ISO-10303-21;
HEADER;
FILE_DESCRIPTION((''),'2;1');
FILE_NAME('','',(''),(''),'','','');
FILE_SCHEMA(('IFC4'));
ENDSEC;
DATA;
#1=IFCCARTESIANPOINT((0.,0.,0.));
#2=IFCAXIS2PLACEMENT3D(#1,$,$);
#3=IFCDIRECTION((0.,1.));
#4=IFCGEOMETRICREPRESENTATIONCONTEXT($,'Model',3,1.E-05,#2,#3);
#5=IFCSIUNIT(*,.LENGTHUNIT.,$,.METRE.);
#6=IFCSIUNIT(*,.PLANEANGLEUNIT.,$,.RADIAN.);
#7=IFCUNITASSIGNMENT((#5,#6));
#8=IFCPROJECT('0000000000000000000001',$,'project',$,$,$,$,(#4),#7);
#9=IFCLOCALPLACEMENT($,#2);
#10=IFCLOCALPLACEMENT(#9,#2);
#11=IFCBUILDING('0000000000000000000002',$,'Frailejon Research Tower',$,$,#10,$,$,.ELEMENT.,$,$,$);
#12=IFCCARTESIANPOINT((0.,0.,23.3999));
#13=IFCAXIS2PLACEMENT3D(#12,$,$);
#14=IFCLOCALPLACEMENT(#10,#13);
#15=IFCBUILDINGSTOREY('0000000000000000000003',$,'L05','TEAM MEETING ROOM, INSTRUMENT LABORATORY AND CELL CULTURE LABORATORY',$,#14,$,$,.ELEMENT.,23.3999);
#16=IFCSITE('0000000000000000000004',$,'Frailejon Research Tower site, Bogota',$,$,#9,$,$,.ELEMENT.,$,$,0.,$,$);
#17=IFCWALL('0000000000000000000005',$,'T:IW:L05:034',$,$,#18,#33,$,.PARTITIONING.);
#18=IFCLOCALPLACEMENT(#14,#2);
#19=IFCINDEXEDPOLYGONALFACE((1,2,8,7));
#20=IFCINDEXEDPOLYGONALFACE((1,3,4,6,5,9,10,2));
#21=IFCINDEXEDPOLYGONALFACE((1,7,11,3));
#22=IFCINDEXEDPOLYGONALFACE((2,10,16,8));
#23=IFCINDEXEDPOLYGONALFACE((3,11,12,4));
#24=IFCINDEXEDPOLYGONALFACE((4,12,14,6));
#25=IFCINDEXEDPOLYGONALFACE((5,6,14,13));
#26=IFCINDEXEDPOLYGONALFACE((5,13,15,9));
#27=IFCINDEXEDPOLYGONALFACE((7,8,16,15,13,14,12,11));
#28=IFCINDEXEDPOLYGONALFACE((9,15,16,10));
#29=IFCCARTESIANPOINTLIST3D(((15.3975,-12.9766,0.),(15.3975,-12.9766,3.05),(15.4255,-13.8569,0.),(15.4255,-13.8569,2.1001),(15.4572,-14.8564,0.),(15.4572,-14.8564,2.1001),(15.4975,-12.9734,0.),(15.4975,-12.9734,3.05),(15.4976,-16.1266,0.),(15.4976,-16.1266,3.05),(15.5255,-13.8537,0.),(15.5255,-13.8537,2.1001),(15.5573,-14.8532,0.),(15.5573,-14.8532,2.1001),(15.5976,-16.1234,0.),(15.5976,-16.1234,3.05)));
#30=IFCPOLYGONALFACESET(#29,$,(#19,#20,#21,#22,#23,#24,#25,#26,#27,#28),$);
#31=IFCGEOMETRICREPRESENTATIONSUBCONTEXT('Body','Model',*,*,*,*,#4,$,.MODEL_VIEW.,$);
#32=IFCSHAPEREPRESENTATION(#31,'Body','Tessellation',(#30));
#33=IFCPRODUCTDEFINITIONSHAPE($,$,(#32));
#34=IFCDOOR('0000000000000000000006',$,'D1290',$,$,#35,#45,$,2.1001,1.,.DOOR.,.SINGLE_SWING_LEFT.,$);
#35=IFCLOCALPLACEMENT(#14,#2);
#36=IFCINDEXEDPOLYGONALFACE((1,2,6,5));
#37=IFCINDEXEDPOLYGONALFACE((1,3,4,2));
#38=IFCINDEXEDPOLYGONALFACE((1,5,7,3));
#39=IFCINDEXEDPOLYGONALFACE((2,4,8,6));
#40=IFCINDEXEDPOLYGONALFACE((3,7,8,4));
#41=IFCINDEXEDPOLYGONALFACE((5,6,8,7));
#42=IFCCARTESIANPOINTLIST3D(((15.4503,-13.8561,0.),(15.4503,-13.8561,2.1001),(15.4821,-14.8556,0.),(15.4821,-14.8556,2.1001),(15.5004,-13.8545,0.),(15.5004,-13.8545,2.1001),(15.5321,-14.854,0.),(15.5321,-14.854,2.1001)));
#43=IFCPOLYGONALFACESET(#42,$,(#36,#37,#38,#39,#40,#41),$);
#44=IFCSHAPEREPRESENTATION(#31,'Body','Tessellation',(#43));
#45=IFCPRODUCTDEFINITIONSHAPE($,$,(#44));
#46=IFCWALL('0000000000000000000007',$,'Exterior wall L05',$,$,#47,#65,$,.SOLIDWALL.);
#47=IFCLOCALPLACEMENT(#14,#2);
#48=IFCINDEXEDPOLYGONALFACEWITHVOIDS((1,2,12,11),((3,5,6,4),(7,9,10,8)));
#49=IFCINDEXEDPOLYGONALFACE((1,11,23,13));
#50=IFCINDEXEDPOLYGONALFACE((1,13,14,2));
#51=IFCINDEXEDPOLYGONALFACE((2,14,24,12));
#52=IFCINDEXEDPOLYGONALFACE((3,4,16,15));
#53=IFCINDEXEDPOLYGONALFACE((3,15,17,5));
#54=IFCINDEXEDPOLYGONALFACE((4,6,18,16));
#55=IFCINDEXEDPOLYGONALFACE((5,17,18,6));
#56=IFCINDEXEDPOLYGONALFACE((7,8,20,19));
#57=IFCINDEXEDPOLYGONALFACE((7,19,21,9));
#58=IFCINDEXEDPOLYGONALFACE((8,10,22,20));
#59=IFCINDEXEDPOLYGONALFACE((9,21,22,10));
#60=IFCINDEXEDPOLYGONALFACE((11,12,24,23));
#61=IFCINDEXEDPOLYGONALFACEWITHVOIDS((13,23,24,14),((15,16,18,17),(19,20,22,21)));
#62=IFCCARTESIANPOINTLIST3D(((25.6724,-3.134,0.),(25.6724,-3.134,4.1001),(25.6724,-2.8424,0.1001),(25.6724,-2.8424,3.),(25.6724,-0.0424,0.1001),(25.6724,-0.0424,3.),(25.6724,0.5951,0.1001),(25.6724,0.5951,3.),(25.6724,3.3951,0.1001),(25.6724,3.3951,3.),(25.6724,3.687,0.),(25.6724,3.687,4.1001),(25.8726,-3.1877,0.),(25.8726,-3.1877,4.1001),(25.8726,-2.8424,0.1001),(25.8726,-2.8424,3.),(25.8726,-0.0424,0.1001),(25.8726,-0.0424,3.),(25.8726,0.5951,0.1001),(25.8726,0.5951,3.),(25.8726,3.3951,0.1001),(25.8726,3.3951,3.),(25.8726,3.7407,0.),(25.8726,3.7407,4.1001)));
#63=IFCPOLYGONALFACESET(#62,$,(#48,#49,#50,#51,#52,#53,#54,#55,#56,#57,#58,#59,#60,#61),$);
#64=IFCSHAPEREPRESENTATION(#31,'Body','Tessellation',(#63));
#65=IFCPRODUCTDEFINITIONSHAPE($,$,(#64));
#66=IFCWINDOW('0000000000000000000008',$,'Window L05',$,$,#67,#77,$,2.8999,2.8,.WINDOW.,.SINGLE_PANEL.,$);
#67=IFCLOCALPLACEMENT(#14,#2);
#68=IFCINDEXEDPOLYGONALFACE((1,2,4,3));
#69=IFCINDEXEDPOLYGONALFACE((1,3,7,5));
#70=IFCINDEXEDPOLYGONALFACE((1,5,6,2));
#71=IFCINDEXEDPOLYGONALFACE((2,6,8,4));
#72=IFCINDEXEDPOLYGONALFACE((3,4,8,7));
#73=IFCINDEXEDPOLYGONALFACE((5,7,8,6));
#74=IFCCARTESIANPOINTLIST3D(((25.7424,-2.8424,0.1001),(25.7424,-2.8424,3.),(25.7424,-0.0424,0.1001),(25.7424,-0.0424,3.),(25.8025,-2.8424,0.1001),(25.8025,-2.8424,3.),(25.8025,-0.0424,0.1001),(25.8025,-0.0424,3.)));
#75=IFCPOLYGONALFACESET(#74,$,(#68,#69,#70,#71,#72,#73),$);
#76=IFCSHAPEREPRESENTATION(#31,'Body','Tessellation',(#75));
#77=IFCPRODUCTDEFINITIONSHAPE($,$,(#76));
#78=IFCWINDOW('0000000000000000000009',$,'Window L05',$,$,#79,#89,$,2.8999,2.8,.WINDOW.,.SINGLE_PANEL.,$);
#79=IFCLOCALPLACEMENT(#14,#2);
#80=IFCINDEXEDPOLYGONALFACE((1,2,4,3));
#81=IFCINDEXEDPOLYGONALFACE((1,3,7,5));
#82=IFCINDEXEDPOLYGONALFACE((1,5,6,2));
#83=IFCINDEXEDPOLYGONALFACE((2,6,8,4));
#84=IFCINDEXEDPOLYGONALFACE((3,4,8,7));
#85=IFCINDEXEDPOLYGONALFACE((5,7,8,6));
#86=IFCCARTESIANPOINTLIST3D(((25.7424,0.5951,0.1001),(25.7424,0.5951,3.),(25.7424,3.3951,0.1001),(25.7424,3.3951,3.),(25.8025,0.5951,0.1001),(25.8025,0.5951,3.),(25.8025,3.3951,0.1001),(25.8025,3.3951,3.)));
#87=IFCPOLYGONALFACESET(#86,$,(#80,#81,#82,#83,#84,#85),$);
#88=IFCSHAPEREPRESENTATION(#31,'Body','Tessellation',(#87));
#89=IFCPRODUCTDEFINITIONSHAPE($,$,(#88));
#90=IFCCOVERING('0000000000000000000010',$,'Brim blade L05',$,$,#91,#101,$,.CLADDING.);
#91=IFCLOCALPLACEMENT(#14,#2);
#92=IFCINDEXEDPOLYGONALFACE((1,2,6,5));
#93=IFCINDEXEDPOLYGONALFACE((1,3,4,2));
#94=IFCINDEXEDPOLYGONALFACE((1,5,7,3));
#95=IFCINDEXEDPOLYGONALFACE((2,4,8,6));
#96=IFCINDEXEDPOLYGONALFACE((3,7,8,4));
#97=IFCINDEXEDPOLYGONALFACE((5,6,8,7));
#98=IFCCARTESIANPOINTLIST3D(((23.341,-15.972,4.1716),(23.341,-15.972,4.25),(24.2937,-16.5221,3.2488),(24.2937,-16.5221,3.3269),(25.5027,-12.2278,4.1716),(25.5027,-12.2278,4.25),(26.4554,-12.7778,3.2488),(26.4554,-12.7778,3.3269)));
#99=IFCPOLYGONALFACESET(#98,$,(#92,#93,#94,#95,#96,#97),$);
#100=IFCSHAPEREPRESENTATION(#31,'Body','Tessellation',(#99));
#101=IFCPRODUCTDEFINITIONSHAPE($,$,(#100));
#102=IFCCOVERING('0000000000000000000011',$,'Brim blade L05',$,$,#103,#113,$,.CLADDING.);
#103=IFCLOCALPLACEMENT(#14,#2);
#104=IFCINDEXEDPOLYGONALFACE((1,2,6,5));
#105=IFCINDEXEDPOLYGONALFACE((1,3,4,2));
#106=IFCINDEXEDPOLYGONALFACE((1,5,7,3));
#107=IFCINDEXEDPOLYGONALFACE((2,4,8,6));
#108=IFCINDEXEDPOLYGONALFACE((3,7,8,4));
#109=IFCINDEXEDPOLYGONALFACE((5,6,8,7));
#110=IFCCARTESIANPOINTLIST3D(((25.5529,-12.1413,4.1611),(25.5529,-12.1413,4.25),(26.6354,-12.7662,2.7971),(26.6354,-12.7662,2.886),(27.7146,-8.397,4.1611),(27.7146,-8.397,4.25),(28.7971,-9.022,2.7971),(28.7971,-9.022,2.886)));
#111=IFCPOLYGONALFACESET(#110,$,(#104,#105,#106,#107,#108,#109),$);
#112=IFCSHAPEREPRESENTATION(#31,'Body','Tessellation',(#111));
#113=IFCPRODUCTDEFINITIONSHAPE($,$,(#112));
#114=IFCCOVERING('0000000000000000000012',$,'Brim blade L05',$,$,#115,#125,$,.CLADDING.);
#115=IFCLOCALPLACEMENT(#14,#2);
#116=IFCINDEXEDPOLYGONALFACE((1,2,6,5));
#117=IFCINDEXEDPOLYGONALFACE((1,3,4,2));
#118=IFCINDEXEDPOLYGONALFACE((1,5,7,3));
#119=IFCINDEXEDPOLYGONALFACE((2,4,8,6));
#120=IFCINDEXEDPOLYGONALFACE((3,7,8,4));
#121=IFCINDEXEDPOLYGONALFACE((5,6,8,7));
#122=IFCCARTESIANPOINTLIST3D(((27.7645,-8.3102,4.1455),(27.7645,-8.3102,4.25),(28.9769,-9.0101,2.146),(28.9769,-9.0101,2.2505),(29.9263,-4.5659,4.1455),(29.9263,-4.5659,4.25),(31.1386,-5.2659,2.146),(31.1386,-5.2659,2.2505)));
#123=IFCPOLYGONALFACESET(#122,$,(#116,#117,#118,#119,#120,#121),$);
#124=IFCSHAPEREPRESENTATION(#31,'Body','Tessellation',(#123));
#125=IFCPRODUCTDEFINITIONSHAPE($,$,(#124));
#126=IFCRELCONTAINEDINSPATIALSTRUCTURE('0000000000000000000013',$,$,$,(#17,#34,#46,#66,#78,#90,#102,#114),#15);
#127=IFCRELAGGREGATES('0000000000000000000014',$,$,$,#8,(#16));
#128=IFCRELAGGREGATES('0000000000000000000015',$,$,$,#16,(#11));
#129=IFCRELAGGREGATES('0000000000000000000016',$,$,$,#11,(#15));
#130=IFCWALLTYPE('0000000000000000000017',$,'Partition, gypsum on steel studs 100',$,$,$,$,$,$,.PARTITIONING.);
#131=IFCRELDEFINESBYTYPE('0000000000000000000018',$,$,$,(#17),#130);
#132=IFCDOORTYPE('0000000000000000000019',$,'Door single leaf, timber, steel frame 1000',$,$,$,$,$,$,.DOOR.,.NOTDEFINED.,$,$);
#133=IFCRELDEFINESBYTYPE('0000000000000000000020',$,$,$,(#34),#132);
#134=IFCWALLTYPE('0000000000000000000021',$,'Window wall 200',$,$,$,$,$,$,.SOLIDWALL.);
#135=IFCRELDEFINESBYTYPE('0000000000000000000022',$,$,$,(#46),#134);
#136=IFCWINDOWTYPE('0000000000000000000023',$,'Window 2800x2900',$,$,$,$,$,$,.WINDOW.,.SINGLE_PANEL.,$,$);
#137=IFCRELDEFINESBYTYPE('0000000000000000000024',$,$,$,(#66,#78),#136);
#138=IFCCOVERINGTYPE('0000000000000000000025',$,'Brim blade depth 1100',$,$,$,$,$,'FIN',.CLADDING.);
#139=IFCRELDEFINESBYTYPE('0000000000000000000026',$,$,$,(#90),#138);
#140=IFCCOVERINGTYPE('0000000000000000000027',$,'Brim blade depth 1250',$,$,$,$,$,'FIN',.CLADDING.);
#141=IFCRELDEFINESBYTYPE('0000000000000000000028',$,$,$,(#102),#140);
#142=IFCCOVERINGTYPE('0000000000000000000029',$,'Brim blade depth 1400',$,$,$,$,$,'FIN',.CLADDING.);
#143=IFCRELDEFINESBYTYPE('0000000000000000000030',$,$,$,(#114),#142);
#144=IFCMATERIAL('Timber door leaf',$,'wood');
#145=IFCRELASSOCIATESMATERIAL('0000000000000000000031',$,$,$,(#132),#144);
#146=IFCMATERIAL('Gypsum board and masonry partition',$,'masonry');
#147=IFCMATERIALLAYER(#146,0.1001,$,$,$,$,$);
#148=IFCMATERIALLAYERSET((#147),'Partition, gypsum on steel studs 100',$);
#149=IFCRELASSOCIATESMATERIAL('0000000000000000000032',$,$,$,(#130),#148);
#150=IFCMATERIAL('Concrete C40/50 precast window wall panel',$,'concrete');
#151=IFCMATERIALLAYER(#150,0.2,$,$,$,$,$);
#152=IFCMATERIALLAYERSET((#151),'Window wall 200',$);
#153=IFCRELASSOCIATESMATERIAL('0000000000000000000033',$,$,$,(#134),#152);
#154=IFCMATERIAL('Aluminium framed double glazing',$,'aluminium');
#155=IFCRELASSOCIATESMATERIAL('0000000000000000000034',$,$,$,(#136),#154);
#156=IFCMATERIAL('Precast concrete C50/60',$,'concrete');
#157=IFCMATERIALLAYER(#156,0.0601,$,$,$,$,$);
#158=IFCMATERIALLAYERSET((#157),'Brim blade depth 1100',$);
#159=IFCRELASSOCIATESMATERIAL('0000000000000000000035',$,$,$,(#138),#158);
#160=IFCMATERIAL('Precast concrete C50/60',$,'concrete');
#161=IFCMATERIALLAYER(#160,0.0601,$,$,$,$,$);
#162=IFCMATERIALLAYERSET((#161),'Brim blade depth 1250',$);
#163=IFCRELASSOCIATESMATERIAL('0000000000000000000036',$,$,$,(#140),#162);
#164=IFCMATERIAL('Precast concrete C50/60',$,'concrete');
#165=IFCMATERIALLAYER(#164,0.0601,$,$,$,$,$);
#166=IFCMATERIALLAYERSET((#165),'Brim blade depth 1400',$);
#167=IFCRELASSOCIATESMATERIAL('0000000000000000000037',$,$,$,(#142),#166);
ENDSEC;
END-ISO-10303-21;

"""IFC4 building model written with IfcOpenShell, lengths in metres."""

from ifc_helpers import new_model, si_unit, direction, frame, frame_2d, origin, place, context, subcontext, project, spatial, polyline, rectangle, outline, extrude, material, layer, layer_set, type_object, element, fill, save


model = new_model("IFC4")

# Units and contexts
model_context = context("Model", 3, precision=1e-05, world=origin(), true_north=direction((0.0, 1.0)))
body_context = subcontext(model_context, "Body", "Model", "MODEL_VIEW")
ifc_project = project(units=[si_unit("LENGTHUNIT", "METRE"), si_unit("PLANEANGLEUNIT", "RADIAN")], contexts=[model_context])

# Site, building, storey
site_placement = place(None, origin())
site = spatial("IfcSite", under=ifc_project, at=site_placement, Name="Frailejon Research Tower site, Bogota", CompositionType="ELEMENT", RefElevation=0.0)
building_placement = place(site_placement, origin())
building = spatial("IfcBuilding", under=site, at=building_placement, Name="Frailejon Research Tower", CompositionType="ELEMENT")
storey_placement = place(building_placement, frame((0.0, 0.0, 23.3999)))
storey = spatial("IfcBuildingStorey", under=building, at=storey_placement, Name="L05", Description="TEAM MEETING ROOM, INSTRUMENT LABORATORY AND CELL CULTURE LABORATORY", CompositionType="ELEMENT", Elevation=23.3999)

# Shared definitions
ifc_material_1 = material(Name="Timber door leaf", Category="wood")
door_type_1 = type_object("IfcDoorType", Name="Door single leaf, timber, steel frame 1000", OperationType="NOTDEFINED", PredefinedType="DOOR", material=ifc_material_1)

# Wall, opening, door
ifc_material_2 = material(Name="Gypsum board and masonry partition", Category="masonry")
ifc_layer_1 = layer(ifc_material_2, 0.1001)
ifc_layer_set_1 = layer_set([ifc_layer_1], Name="Partition, gypsum on steel studs 100")
wall_type_1 = type_object("IfcWallType", Name="Partition, gypsum on steel studs 100", PredefinedType="PARTITIONING", material=ifc_layer_set_1)
wall_1_placement = place(storey_placement, frame((15.4475, -12.9751, 0.0), z_axis=(0.0, 0.0, 1.0), x_axis=(0.031762, -0.999495, 0.0)))
wall_1 = element("IfcWall", 1, at=wall_1_placement, inside=storey, type_object=wall_type_1, Name="T:IW:L05:034", PredefinedType="PARTITIONING", context=body_context, shape_type="SweptSolid", body=[
    extrude(rectangle(XDim=3.1516, YDim=0.1001, at=frame_2d((1.5757, 0.0))), origin(), (0.0, 0.0, 1.0), 3.05),
])
opening_1_placement = place(wall_1_placement, frame((0.8806, 0.0, 0.0)))
opening_1 = element("IfcOpeningElement", 2, at=opening_1_placement, cuts=wall_1, PredefinedType="OPENING", context=body_context, shape_type="SweptSolid", body=[
    extrude(rectangle(XDim=1.0, YDim=2.1001, at=frame_2d((0.5, 1.05))), frame((0.0, 0.0601, 0.0), z_axis=(0.0, -1.0, 0.0), x_axis=(1.0, 0.0, 0.0)), (0.0, 0.0, 1.0), 0.1201),
])
door_1_placement = place(opening_1_placement, origin())
door_1 = element("IfcDoor", 3, at=door_1_placement, inside=storey, type_object=door_type_1, Name="D1290", OperationType="SINGLE_SWING_LEFT", OverallHeight=2.1001, OverallWidth=1.0, PredefinedType="DOOR", context=body_context, shape_type="SweptSolid", body=[
    extrude(rectangle(XDim=1.0, YDim=2.1001, at=frame_2d((0.5, 1.05))), frame((0.0, 0.0249, 0.0), z_axis=(0.0, -1.0, 0.0), x_axis=(1.0, 0.0, 0.0)), (0.0, 0.0, 1.0), 0.05),
])
fill(opening_1, door_1)

# Wall, openings, windows
ifc_material_3 = material(Name="Concrete C40/50 precast window wall panel", Category="concrete")
ifc_layer_2 = layer(ifc_material_3, 0.2)
ifc_layer_set_2 = layer_set([ifc_layer_2], Name="Window wall 200")
wall_type_2 = type_object("IfcWallType", Name="Window wall 200", PredefinedType="SOLIDWALL", material=ifc_layer_set_2)
wall_2_placement = place(storey_placement, frame((25.7725, -3.1609, 0.0), z_axis=(0.0, 0.0, 1.0), x_axis=(0.0, 1.0, 0.0)))
wall_2 = element("IfcWall", 4, at=wall_2_placement, inside=storey, type_object=wall_type_2, Name="Exterior wall L05", PredefinedType="SOLIDWALL", context=body_context, shape_type="SweptSolid", body=[
    extrude(outline(polyline([(-0.0269, -0.1001), (1.1279, -0.1001), (2.2827, -0.1001), (3.4375, -0.1001), (4.592, -0.1001), (5.7468, -0.1001), (6.9016, -0.1001), (6.8479, 0.1001), (5.7109, 0.1001), (4.5742, 0.1001), (3.4375, 0.1001), (2.3005, 0.1001), (1.1636, 0.1001), (0.0269, 0.1001), (-0.0269, -0.1001)])), origin(), (0.0, 0.0, 1.0), 4.1001),
])
opening_2_placement = place(wall_2_placement, frame((0.3186, 0.0, 0.1001)))
opening_2 = element("IfcOpeningElement", 5, at=opening_2_placement, cuts=wall_2, PredefinedType="OPENING", context=body_context, shape_type="SweptSolid", body=[
    extrude(rectangle(XDim=2.8, YDim=2.8999, at=frame_2d((1.3999, 1.45))), frame((0.0, 0.1099, 0.0), z_axis=(0.0, -1.0, 0.0), x_axis=(1.0, 0.0, 0.0)), (0.0, 0.0, 1.0), 0.22),
])
opening_3_placement = place(wall_2_placement, frame((3.7561, 0.0, 0.1001)))
opening_3 = element("IfcOpeningElement", 6, at=opening_3_placement, cuts=wall_2, PredefinedType="OPENING", context=body_context, shape_type="SweptSolid", body=[
    extrude(rectangle(XDim=2.8, YDim=2.8999, at=frame_2d((1.3999, 1.45))), frame((0.0, 0.1099, 0.0), z_axis=(0.0, -1.0, 0.0), x_axis=(1.0, 0.0, 0.0)), (0.0, 0.0, 1.0), 0.22),
])
ifc_material_4 = material(Name="Aluminium framed double glazing", Category="aluminium")
window_type = type_object("IfcWindowType", Name="Window 2800x2900", PartitioningType="SINGLE_PANEL", PredefinedType="WINDOW", material=ifc_material_4)
window_1_placement = place(opening_2_placement, origin())
window_1 = element("IfcWindow", 7, at=window_1_placement, inside=storey, type_object=window_type, Name="Window L05", OverallHeight=2.8999, OverallWidth=2.8, PartitioningType="SINGLE_PANEL", PredefinedType="WINDOW", context=body_context, shape_type="SweptSolid", body=[
    extrude(rectangle(XDim=2.8, YDim=2.8999, at=frame_2d((1.3999, 1.45))), frame((0.0, 0.03, 0.0), z_axis=(0.0, -1.0, 0.0), x_axis=(1.0, 0.0, 0.0)), (0.0, 0.0, 1.0), 0.0601),
])
fill(opening_2, window_1)
window_2_placement = place(opening_3_placement, origin())
window_2 = element("IfcWindow", 8, at=window_2_placement, inside=storey, type_object=window_type, Name="Window L05", OverallHeight=2.8999, OverallWidth=2.8, PartitioningType="SINGLE_PANEL", PredefinedType="WINDOW", context=body_context, shape_type="SweptSolid", body=[
    extrude(rectangle(XDim=2.8, YDim=2.8999, at=frame_2d((1.3999, 1.45))), frame((0.0, 0.03, 0.0), z_axis=(0.0, -1.0, 0.0), x_axis=(1.0, 0.0, 0.0)), (0.0, 0.0, 1.0), 0.0601),
])
fill(opening_3, window_2)

# Coverings
ifc_material_5 = material(Name="Precast concrete C50/60", Category="concrete")
ifc_layer_3 = layer(ifc_material_5, 0.0601)
ifc_layer_set_3 = layer_set([ifc_layer_3], Name="Brim blade depth 1100")
covering_type_1 = type_object("IfcCoveringType", Name="Brim blade depth 1100", ElementType="FIN", PredefinedType="CLADDING", material=ifc_layer_set_3)
covering_1_placement = place(storey_placement, frame((25.5027, -12.2278, 4.25), z_axis=(-0.499995, -0.866028, 0.0), x_axis=(0.866028, -0.499995, 0.0)))
element("IfcCovering", 9, at=covering_1_placement, inside=storey, type_object=covering_type_1, Name="Brim blade L05", PredefinedType="CLADDING", context=body_context, shape_type="SweptSolid", body=[
    extrude(outline(polyline([(0.0, -0.0784), (1.1001, -1.0012), (1.1001, -0.9231), (0.0, 0.0), (0.0, -0.0784)])), origin(), (0.0, 0.0, 1.0), 4.3235),
])
ifc_material_6 = material(Name="Precast concrete C50/60", Category="concrete")
ifc_layer_4 = layer(ifc_material_6, 0.0601)
ifc_layer_set_4 = layer_set([ifc_layer_4], Name="Brim blade depth 1250")
covering_type_2 = type_object("IfcCoveringType", Name="Brim blade depth 1250", ElementType="FIN", PredefinedType="CLADDING", material=ifc_layer_set_4)
covering_2_placement = place(storey_placement, frame((27.7146, -8.397, 4.25), z_axis=(-0.499988, -0.866032, 0.0), x_axis=(0.866032, -0.499988, 0.0)))
element("IfcCovering", 10, at=covering_2_placement, inside=storey, type_object=covering_type_2, Name="Brim blade L05", PredefinedType="CLADDING", context=body_context, shape_type="SweptSolid", body=[
    extrude(outline(polyline([(0.0, -0.0889), (1.25, -1.4529), (1.25, -1.364), (0.0, 0.0), (0.0, -0.0889)])), origin(), (0.0, 0.0, 1.0), 4.3235),
])
ifc_material_7 = material(Name="Precast concrete C50/60", Category="concrete")
ifc_layer_5 = layer(ifc_material_7, 0.0601)
ifc_layer_set_5 = layer_set([ifc_layer_5], Name="Brim blade depth 1400")
covering_type_3 = type_object("IfcCoveringType", Name="Brim blade depth 1400", ElementType="FIN", PredefinedType="CLADDING", material=ifc_layer_set_5)
covering_3_placement = place(storey_placement, frame((29.9263, -4.5659, 4.25), z_axis=(-0.500005, -0.866023, 0.0), x_axis=(0.866023, -0.500005, 0.0)))
element("IfcCovering", 11, at=covering_3_placement, inside=storey, type_object=covering_type_3, Name="Brim blade L05", PredefinedType="CLADDING", context=body_context, shape_type="SweptSolid", body=[
    extrude(outline(polyline([(0.0, -0.1045), (1.3999, -2.104), (1.3999, -1.9995), (0.0, 0.0), (0.0, -0.1045)])), origin(), (0.0, 0.0, 1.0), 4.3235),
])

save(model, "model.ifc")
